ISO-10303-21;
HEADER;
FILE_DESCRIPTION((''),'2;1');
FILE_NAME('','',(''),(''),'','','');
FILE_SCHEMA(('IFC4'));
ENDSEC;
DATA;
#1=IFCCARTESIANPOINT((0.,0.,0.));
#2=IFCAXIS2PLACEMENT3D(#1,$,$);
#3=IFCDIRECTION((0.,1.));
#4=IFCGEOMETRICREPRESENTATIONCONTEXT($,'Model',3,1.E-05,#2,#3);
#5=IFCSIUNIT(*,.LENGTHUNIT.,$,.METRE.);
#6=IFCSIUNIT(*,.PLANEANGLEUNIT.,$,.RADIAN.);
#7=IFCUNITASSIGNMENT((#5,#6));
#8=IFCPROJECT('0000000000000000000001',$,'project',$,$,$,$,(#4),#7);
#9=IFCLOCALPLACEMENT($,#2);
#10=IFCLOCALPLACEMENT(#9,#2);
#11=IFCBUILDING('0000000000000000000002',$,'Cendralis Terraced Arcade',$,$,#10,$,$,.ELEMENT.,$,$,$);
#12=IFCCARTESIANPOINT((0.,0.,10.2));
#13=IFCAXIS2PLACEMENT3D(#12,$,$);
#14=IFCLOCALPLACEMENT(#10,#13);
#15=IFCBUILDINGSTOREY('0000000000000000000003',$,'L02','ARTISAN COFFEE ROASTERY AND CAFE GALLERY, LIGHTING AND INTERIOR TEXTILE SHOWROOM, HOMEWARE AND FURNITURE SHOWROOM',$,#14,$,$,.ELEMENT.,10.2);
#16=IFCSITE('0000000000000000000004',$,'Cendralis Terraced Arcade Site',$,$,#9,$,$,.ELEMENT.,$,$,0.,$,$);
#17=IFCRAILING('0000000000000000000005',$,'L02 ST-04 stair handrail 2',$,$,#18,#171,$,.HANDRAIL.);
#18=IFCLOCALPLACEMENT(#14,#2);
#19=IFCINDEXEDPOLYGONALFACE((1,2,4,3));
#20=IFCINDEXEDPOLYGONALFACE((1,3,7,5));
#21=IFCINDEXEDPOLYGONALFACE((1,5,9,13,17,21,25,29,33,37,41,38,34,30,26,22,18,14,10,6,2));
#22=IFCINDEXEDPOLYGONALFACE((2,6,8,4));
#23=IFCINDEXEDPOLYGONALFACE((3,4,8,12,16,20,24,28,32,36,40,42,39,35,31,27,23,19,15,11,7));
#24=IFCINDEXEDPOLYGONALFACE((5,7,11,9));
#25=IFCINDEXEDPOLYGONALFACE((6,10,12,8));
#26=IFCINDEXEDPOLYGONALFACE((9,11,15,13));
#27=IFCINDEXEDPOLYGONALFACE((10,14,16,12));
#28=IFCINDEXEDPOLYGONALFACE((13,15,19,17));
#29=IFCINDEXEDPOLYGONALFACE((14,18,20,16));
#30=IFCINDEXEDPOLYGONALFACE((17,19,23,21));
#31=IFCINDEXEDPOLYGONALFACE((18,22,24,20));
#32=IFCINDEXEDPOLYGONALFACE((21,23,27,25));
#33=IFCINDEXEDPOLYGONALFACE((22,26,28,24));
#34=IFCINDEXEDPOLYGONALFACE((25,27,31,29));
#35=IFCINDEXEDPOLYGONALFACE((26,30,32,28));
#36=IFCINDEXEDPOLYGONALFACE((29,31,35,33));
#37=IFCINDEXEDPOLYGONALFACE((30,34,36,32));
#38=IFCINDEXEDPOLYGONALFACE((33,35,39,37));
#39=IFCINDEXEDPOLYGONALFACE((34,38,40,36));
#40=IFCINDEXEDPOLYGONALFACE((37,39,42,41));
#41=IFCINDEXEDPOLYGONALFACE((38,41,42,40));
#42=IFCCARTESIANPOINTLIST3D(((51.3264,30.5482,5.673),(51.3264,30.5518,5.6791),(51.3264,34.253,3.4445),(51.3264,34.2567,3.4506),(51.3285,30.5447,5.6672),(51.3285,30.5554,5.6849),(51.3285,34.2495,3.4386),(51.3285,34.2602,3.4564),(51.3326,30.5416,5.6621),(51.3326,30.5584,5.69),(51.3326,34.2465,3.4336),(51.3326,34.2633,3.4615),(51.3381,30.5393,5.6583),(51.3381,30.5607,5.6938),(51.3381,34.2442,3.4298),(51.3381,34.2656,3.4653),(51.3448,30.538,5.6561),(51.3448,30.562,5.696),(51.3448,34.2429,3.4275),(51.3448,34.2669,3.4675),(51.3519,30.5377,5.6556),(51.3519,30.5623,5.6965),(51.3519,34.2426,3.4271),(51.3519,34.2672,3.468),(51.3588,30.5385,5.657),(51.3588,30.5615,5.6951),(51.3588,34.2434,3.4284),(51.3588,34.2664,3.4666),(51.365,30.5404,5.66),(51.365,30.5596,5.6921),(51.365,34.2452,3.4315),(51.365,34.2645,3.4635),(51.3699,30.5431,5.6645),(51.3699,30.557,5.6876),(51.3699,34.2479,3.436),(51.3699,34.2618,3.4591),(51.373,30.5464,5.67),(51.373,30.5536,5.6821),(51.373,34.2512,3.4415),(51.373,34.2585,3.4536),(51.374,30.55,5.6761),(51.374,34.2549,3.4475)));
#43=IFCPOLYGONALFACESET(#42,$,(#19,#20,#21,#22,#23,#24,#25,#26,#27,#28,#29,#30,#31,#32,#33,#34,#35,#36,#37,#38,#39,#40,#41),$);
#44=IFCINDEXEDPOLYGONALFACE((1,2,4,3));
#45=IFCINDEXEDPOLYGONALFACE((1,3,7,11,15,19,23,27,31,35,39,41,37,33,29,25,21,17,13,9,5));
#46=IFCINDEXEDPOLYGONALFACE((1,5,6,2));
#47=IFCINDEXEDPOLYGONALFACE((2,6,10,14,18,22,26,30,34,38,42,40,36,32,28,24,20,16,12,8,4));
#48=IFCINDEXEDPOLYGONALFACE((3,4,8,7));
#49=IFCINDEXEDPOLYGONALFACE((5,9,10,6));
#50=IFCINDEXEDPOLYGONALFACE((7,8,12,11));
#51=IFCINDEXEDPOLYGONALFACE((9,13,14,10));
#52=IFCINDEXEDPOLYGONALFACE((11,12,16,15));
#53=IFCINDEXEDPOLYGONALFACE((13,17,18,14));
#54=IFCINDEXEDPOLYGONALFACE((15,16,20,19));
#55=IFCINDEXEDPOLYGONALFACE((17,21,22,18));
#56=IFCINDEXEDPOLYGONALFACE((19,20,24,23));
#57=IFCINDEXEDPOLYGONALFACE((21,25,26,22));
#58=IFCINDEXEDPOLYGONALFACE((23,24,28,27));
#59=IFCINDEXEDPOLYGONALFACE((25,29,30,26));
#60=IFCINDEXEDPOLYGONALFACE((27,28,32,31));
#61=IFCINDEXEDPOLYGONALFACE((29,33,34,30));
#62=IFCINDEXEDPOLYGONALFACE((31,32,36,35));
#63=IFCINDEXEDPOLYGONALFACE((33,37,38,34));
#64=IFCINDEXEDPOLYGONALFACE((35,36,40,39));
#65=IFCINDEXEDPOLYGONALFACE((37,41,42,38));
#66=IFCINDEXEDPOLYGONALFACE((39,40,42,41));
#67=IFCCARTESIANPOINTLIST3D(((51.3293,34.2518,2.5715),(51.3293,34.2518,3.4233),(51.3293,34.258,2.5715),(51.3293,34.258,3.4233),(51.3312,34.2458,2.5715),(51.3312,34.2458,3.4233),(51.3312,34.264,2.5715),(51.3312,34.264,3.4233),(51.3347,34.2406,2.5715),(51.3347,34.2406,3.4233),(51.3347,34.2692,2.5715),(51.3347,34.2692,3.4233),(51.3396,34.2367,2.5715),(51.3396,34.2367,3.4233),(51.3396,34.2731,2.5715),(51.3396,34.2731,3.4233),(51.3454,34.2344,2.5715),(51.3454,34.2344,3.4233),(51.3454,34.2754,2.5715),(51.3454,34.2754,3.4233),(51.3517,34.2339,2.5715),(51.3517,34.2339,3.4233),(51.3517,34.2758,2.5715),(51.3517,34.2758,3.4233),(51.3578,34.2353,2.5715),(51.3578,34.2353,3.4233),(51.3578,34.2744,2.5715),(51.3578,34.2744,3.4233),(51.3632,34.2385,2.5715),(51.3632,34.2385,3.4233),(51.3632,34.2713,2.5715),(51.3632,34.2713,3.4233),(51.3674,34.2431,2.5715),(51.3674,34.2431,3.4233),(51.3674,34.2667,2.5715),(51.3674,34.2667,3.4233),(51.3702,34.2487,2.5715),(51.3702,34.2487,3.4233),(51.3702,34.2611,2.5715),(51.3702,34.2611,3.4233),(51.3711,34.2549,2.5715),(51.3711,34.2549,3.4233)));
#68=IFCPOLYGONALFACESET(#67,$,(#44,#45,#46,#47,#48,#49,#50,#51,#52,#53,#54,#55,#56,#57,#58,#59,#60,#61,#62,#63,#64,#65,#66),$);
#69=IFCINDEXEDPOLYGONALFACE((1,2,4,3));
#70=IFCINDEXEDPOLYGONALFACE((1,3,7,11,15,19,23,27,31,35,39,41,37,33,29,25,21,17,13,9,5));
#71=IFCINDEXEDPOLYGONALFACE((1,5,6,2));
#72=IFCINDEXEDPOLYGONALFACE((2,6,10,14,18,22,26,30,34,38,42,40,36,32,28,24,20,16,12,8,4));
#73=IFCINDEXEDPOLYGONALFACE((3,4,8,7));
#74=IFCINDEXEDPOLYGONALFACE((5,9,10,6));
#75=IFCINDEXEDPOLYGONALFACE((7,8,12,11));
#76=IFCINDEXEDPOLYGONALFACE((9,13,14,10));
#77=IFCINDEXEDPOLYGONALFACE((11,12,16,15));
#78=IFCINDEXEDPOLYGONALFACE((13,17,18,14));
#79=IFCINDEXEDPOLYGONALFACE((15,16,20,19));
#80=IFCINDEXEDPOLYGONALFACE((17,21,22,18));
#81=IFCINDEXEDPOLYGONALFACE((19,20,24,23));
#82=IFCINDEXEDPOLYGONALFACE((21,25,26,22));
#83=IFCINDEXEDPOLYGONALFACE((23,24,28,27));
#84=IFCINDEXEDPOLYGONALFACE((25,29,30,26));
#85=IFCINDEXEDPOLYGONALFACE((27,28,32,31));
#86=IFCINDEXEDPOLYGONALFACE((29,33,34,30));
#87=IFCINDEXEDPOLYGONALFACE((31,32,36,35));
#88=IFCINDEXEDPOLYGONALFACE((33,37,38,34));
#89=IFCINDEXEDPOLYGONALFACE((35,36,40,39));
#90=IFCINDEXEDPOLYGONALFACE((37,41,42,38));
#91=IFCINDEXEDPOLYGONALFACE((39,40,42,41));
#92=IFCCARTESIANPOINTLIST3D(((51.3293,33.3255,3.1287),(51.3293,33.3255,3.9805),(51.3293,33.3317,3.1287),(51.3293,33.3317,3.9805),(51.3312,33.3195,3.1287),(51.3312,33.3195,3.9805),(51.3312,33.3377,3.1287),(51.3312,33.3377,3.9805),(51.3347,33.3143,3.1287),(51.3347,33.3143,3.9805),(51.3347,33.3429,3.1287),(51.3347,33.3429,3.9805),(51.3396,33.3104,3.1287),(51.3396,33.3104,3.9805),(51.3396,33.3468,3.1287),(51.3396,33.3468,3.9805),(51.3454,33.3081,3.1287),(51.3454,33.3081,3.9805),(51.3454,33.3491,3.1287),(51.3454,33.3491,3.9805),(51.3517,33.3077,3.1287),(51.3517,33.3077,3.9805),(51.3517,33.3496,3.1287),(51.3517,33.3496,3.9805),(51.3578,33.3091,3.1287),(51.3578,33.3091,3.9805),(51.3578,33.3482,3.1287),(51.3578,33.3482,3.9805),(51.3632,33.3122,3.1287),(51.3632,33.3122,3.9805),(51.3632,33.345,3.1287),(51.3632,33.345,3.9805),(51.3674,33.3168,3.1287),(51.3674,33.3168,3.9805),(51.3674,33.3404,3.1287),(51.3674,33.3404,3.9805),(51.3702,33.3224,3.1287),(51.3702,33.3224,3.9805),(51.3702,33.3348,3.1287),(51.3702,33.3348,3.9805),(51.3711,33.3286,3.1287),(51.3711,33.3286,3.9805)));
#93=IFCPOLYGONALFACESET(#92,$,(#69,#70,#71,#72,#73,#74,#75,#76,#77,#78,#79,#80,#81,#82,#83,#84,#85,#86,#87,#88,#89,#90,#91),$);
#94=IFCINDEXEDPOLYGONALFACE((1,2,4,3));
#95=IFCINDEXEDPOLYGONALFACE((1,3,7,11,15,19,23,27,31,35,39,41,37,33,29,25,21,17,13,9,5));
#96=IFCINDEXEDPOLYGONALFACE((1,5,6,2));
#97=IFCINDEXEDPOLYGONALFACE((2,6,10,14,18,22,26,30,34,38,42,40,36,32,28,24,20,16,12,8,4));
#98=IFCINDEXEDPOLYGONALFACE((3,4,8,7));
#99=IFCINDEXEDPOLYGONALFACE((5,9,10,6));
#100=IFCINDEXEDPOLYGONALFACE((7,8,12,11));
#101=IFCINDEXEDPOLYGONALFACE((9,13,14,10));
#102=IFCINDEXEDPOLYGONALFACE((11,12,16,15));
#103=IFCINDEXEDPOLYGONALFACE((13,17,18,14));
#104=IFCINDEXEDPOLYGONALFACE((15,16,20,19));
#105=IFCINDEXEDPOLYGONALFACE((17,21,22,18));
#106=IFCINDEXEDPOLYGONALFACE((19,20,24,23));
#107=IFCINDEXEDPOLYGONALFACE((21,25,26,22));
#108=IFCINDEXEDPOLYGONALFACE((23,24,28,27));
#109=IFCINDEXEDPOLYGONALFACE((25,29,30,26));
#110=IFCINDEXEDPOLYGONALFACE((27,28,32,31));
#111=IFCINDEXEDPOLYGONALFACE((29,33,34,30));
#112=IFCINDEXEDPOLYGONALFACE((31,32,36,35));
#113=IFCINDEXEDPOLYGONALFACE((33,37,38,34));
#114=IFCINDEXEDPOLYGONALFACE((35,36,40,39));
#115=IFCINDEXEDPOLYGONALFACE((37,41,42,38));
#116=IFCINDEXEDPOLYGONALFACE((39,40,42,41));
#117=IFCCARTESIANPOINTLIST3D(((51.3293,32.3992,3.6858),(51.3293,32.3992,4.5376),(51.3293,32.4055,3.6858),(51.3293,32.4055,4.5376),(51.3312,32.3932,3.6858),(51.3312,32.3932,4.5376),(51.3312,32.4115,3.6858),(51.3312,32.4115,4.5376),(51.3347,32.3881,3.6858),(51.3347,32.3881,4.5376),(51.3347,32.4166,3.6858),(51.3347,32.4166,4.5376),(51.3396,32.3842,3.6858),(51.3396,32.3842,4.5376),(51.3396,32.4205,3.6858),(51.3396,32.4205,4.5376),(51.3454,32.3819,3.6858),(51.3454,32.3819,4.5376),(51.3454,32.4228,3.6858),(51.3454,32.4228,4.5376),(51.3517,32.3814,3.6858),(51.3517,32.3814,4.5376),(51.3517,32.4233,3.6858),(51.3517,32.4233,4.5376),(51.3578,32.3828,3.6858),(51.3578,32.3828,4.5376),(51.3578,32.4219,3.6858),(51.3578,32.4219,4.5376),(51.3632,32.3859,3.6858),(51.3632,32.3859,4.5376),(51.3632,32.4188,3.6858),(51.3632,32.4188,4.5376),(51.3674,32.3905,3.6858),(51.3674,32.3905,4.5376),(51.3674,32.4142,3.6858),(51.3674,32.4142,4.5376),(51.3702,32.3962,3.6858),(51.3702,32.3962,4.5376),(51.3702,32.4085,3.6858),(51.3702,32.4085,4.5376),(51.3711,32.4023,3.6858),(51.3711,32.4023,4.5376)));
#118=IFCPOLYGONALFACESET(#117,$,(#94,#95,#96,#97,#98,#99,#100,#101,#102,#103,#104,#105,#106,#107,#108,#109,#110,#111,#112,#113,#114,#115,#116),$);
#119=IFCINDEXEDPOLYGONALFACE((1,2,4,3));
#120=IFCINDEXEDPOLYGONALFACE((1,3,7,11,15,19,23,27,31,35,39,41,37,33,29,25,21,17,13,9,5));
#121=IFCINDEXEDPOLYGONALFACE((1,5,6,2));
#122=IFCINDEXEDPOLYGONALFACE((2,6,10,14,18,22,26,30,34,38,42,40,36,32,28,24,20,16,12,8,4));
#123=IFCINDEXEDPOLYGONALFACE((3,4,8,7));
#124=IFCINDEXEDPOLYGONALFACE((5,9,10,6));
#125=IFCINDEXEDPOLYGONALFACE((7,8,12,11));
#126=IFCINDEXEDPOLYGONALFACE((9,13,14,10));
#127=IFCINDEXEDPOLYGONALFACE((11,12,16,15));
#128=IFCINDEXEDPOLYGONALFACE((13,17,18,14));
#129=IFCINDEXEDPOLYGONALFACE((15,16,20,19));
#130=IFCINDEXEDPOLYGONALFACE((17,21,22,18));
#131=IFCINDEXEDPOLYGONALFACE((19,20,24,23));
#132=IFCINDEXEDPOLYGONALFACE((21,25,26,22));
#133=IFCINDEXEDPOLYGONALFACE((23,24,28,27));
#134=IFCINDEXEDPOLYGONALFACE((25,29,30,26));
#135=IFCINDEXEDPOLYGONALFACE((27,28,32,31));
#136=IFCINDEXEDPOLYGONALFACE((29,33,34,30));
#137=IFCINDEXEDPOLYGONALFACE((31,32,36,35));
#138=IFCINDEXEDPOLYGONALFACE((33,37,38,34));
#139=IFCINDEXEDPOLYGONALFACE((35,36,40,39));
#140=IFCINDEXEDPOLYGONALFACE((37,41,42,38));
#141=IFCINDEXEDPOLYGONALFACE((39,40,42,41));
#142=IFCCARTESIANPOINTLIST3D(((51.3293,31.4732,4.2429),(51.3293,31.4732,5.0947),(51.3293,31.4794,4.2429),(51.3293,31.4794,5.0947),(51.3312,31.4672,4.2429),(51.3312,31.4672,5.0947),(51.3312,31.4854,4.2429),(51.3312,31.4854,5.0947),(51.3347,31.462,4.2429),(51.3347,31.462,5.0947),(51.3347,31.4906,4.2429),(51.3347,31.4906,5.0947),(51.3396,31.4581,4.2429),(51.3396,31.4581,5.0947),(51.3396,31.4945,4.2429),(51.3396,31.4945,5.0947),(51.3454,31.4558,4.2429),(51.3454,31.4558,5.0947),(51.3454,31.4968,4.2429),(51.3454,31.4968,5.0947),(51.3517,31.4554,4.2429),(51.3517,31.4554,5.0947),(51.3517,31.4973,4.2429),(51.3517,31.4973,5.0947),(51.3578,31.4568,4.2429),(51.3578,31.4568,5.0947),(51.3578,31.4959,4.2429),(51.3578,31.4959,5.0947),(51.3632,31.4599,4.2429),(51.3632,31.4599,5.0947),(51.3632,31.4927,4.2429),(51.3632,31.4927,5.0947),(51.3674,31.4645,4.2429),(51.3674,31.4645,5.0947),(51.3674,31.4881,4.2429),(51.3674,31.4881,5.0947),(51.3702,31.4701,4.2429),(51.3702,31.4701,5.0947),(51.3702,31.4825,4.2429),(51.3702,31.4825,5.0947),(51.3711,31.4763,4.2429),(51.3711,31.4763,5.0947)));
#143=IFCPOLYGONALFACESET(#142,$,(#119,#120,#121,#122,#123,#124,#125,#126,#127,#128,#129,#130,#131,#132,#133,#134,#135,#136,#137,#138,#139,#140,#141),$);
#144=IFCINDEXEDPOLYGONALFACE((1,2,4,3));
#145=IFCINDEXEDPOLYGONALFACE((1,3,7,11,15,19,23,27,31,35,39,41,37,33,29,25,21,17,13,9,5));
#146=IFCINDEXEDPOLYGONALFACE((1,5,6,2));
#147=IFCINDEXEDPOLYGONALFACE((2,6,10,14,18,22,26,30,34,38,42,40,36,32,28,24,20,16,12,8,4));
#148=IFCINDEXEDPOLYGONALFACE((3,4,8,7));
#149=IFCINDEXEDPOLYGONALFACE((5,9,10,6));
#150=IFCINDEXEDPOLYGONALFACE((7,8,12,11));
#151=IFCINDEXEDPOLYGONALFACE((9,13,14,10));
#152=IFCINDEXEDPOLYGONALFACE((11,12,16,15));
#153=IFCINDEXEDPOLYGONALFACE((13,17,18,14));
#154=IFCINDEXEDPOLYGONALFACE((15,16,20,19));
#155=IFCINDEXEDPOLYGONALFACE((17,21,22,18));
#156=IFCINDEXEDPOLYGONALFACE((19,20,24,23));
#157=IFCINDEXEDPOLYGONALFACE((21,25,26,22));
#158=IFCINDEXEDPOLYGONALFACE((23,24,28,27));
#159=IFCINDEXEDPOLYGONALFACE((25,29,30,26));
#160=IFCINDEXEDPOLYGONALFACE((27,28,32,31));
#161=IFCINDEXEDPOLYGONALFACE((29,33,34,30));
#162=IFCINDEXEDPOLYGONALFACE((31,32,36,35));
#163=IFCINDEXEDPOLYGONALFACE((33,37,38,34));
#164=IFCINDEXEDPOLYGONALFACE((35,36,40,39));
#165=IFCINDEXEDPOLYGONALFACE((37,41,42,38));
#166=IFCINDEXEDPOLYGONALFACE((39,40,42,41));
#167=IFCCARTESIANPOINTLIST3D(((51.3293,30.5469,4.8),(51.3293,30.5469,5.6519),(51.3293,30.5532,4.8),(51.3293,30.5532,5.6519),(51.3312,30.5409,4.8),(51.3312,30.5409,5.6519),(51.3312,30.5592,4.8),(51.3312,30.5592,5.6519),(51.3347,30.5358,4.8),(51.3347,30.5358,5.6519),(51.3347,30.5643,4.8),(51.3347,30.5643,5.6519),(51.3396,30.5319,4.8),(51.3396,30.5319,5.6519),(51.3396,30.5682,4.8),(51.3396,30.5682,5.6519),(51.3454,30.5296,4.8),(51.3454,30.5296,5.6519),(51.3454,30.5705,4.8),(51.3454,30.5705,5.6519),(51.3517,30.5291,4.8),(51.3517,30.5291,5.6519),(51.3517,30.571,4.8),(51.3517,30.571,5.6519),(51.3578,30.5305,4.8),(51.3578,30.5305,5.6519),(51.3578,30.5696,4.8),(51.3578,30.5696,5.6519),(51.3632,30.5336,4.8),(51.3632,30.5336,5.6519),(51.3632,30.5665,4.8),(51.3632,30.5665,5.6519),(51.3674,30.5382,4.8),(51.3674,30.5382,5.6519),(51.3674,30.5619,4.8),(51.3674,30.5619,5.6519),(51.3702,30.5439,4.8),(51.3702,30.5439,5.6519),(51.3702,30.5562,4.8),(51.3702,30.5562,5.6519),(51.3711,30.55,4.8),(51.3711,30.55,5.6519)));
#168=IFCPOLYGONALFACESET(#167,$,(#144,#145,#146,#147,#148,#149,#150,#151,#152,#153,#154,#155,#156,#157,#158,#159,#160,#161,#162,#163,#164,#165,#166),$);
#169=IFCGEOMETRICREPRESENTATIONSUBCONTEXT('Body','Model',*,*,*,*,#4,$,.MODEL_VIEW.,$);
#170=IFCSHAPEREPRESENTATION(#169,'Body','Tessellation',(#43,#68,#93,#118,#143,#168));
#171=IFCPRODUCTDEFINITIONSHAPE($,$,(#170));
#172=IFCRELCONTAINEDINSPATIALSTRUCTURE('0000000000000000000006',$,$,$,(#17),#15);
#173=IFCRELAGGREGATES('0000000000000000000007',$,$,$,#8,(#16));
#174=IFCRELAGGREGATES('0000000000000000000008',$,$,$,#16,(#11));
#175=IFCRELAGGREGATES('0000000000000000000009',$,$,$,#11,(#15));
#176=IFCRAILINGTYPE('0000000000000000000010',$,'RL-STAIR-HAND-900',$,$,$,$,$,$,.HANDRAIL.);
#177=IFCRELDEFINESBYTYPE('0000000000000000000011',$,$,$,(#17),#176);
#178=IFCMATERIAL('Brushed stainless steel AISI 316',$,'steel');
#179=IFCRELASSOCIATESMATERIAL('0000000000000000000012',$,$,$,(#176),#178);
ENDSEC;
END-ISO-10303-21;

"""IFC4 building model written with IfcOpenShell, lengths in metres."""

from ifc_helpers import new_model, si_unit, direction, frame, origin, origin_2d, place, context, subcontext, project, spatial, circle, extrude, material, type_object, element, save


model = new_model("IFC4")

# Units and contexts
model_context = context("Model", 3, precision=1e-05, world=origin(), true_north=direction((0.0, 1.0)))
body_context = subcontext(model_context, "Body", "Model", "MODEL_VIEW")
ifc_project = project(units=[si_unit("LENGTHUNIT", "METRE"), si_unit("PLANEANGLEUNIT", "RADIAN")], contexts=[model_context])

# Site, building, storey
site_placement = place(None, origin())
site = spatial("IfcSite", under=ifc_project, at=site_placement, Name="Cendralis Terraced Arcade Site", CompositionType="ELEMENT", RefElevation=0.0)
building_placement = place(site_placement, origin())
building = spatial("IfcBuilding", under=site, at=building_placement, Name="Cendralis Terraced Arcade", CompositionType="ELEMENT")
storey_placement = place(building_placement, frame((0.0, 0.0, 10.2)))
storey = spatial("IfcBuildingStorey", under=building, at=storey_placement, Name="L02", Description="ARTISAN COFFEE ROASTERY AND CAFE GALLERY, LIGHTING AND INTERIOR TEXTILE SHOWROOM, HOMEWARE AND FURNITURE SHOWROOM", CompositionType="ELEMENT", Elevation=10.2)

# Railing
ifc_material_1 = material(Name="Brushed stainless steel AISI 316", Category="steel")
railing_type_1 = type_object("IfcRailingType", Name="RL-STAIR-HAND-900", PredefinedType="HANDRAIL", material=ifc_material_1)
railing_1_placement = place(storey_placement, frame((51.3501, 34.2549, 2.5715)))
element("IfcRailing", 1, at=railing_1_placement, inside=storey, type_object=railing_type_1, Name="L02 ST-04 stair handrail 2", PredefinedType="HANDRAIL", context=body_context, shape_type="SweptSolid", body=[
    extrude(circle(Radius=0.0239, at=origin_2d()), frame((0.0, 0.0, 0.876), z_axis=(0.0, -0.856919, 0.51545), x_axis=(1.0, 0.0, 0.0)), (0.0, 0.0, 1.0), 4.3235),
    extrude(circle(Radius=0.021, at=origin_2d()), origin(), (0.0, 0.0, 1.0), 0.8518),
    extrude(circle(Radius=0.021, at=origin_2d()), frame((0.0, -0.9263, 0.5571)), (0.0, 0.0, 1.0), 0.8518),
    extrude(circle(Radius=0.021, at=origin_2d()), frame((0.0, -1.8525, 1.1143)), (0.0, 0.0, 1.0), 0.8518),
    extrude(circle(Radius=0.021, at=origin_2d()), frame((0.0, -2.7786, 1.6714)), (0.0, 0.0, 1.0), 0.8518),
    extrude(circle(Radius=0.021, at=origin_2d()), frame((0.0, -3.7048, 2.2285)), (0.0, 0.0, 1.0), 0.8518),
])

save(model, "model.ifc")
